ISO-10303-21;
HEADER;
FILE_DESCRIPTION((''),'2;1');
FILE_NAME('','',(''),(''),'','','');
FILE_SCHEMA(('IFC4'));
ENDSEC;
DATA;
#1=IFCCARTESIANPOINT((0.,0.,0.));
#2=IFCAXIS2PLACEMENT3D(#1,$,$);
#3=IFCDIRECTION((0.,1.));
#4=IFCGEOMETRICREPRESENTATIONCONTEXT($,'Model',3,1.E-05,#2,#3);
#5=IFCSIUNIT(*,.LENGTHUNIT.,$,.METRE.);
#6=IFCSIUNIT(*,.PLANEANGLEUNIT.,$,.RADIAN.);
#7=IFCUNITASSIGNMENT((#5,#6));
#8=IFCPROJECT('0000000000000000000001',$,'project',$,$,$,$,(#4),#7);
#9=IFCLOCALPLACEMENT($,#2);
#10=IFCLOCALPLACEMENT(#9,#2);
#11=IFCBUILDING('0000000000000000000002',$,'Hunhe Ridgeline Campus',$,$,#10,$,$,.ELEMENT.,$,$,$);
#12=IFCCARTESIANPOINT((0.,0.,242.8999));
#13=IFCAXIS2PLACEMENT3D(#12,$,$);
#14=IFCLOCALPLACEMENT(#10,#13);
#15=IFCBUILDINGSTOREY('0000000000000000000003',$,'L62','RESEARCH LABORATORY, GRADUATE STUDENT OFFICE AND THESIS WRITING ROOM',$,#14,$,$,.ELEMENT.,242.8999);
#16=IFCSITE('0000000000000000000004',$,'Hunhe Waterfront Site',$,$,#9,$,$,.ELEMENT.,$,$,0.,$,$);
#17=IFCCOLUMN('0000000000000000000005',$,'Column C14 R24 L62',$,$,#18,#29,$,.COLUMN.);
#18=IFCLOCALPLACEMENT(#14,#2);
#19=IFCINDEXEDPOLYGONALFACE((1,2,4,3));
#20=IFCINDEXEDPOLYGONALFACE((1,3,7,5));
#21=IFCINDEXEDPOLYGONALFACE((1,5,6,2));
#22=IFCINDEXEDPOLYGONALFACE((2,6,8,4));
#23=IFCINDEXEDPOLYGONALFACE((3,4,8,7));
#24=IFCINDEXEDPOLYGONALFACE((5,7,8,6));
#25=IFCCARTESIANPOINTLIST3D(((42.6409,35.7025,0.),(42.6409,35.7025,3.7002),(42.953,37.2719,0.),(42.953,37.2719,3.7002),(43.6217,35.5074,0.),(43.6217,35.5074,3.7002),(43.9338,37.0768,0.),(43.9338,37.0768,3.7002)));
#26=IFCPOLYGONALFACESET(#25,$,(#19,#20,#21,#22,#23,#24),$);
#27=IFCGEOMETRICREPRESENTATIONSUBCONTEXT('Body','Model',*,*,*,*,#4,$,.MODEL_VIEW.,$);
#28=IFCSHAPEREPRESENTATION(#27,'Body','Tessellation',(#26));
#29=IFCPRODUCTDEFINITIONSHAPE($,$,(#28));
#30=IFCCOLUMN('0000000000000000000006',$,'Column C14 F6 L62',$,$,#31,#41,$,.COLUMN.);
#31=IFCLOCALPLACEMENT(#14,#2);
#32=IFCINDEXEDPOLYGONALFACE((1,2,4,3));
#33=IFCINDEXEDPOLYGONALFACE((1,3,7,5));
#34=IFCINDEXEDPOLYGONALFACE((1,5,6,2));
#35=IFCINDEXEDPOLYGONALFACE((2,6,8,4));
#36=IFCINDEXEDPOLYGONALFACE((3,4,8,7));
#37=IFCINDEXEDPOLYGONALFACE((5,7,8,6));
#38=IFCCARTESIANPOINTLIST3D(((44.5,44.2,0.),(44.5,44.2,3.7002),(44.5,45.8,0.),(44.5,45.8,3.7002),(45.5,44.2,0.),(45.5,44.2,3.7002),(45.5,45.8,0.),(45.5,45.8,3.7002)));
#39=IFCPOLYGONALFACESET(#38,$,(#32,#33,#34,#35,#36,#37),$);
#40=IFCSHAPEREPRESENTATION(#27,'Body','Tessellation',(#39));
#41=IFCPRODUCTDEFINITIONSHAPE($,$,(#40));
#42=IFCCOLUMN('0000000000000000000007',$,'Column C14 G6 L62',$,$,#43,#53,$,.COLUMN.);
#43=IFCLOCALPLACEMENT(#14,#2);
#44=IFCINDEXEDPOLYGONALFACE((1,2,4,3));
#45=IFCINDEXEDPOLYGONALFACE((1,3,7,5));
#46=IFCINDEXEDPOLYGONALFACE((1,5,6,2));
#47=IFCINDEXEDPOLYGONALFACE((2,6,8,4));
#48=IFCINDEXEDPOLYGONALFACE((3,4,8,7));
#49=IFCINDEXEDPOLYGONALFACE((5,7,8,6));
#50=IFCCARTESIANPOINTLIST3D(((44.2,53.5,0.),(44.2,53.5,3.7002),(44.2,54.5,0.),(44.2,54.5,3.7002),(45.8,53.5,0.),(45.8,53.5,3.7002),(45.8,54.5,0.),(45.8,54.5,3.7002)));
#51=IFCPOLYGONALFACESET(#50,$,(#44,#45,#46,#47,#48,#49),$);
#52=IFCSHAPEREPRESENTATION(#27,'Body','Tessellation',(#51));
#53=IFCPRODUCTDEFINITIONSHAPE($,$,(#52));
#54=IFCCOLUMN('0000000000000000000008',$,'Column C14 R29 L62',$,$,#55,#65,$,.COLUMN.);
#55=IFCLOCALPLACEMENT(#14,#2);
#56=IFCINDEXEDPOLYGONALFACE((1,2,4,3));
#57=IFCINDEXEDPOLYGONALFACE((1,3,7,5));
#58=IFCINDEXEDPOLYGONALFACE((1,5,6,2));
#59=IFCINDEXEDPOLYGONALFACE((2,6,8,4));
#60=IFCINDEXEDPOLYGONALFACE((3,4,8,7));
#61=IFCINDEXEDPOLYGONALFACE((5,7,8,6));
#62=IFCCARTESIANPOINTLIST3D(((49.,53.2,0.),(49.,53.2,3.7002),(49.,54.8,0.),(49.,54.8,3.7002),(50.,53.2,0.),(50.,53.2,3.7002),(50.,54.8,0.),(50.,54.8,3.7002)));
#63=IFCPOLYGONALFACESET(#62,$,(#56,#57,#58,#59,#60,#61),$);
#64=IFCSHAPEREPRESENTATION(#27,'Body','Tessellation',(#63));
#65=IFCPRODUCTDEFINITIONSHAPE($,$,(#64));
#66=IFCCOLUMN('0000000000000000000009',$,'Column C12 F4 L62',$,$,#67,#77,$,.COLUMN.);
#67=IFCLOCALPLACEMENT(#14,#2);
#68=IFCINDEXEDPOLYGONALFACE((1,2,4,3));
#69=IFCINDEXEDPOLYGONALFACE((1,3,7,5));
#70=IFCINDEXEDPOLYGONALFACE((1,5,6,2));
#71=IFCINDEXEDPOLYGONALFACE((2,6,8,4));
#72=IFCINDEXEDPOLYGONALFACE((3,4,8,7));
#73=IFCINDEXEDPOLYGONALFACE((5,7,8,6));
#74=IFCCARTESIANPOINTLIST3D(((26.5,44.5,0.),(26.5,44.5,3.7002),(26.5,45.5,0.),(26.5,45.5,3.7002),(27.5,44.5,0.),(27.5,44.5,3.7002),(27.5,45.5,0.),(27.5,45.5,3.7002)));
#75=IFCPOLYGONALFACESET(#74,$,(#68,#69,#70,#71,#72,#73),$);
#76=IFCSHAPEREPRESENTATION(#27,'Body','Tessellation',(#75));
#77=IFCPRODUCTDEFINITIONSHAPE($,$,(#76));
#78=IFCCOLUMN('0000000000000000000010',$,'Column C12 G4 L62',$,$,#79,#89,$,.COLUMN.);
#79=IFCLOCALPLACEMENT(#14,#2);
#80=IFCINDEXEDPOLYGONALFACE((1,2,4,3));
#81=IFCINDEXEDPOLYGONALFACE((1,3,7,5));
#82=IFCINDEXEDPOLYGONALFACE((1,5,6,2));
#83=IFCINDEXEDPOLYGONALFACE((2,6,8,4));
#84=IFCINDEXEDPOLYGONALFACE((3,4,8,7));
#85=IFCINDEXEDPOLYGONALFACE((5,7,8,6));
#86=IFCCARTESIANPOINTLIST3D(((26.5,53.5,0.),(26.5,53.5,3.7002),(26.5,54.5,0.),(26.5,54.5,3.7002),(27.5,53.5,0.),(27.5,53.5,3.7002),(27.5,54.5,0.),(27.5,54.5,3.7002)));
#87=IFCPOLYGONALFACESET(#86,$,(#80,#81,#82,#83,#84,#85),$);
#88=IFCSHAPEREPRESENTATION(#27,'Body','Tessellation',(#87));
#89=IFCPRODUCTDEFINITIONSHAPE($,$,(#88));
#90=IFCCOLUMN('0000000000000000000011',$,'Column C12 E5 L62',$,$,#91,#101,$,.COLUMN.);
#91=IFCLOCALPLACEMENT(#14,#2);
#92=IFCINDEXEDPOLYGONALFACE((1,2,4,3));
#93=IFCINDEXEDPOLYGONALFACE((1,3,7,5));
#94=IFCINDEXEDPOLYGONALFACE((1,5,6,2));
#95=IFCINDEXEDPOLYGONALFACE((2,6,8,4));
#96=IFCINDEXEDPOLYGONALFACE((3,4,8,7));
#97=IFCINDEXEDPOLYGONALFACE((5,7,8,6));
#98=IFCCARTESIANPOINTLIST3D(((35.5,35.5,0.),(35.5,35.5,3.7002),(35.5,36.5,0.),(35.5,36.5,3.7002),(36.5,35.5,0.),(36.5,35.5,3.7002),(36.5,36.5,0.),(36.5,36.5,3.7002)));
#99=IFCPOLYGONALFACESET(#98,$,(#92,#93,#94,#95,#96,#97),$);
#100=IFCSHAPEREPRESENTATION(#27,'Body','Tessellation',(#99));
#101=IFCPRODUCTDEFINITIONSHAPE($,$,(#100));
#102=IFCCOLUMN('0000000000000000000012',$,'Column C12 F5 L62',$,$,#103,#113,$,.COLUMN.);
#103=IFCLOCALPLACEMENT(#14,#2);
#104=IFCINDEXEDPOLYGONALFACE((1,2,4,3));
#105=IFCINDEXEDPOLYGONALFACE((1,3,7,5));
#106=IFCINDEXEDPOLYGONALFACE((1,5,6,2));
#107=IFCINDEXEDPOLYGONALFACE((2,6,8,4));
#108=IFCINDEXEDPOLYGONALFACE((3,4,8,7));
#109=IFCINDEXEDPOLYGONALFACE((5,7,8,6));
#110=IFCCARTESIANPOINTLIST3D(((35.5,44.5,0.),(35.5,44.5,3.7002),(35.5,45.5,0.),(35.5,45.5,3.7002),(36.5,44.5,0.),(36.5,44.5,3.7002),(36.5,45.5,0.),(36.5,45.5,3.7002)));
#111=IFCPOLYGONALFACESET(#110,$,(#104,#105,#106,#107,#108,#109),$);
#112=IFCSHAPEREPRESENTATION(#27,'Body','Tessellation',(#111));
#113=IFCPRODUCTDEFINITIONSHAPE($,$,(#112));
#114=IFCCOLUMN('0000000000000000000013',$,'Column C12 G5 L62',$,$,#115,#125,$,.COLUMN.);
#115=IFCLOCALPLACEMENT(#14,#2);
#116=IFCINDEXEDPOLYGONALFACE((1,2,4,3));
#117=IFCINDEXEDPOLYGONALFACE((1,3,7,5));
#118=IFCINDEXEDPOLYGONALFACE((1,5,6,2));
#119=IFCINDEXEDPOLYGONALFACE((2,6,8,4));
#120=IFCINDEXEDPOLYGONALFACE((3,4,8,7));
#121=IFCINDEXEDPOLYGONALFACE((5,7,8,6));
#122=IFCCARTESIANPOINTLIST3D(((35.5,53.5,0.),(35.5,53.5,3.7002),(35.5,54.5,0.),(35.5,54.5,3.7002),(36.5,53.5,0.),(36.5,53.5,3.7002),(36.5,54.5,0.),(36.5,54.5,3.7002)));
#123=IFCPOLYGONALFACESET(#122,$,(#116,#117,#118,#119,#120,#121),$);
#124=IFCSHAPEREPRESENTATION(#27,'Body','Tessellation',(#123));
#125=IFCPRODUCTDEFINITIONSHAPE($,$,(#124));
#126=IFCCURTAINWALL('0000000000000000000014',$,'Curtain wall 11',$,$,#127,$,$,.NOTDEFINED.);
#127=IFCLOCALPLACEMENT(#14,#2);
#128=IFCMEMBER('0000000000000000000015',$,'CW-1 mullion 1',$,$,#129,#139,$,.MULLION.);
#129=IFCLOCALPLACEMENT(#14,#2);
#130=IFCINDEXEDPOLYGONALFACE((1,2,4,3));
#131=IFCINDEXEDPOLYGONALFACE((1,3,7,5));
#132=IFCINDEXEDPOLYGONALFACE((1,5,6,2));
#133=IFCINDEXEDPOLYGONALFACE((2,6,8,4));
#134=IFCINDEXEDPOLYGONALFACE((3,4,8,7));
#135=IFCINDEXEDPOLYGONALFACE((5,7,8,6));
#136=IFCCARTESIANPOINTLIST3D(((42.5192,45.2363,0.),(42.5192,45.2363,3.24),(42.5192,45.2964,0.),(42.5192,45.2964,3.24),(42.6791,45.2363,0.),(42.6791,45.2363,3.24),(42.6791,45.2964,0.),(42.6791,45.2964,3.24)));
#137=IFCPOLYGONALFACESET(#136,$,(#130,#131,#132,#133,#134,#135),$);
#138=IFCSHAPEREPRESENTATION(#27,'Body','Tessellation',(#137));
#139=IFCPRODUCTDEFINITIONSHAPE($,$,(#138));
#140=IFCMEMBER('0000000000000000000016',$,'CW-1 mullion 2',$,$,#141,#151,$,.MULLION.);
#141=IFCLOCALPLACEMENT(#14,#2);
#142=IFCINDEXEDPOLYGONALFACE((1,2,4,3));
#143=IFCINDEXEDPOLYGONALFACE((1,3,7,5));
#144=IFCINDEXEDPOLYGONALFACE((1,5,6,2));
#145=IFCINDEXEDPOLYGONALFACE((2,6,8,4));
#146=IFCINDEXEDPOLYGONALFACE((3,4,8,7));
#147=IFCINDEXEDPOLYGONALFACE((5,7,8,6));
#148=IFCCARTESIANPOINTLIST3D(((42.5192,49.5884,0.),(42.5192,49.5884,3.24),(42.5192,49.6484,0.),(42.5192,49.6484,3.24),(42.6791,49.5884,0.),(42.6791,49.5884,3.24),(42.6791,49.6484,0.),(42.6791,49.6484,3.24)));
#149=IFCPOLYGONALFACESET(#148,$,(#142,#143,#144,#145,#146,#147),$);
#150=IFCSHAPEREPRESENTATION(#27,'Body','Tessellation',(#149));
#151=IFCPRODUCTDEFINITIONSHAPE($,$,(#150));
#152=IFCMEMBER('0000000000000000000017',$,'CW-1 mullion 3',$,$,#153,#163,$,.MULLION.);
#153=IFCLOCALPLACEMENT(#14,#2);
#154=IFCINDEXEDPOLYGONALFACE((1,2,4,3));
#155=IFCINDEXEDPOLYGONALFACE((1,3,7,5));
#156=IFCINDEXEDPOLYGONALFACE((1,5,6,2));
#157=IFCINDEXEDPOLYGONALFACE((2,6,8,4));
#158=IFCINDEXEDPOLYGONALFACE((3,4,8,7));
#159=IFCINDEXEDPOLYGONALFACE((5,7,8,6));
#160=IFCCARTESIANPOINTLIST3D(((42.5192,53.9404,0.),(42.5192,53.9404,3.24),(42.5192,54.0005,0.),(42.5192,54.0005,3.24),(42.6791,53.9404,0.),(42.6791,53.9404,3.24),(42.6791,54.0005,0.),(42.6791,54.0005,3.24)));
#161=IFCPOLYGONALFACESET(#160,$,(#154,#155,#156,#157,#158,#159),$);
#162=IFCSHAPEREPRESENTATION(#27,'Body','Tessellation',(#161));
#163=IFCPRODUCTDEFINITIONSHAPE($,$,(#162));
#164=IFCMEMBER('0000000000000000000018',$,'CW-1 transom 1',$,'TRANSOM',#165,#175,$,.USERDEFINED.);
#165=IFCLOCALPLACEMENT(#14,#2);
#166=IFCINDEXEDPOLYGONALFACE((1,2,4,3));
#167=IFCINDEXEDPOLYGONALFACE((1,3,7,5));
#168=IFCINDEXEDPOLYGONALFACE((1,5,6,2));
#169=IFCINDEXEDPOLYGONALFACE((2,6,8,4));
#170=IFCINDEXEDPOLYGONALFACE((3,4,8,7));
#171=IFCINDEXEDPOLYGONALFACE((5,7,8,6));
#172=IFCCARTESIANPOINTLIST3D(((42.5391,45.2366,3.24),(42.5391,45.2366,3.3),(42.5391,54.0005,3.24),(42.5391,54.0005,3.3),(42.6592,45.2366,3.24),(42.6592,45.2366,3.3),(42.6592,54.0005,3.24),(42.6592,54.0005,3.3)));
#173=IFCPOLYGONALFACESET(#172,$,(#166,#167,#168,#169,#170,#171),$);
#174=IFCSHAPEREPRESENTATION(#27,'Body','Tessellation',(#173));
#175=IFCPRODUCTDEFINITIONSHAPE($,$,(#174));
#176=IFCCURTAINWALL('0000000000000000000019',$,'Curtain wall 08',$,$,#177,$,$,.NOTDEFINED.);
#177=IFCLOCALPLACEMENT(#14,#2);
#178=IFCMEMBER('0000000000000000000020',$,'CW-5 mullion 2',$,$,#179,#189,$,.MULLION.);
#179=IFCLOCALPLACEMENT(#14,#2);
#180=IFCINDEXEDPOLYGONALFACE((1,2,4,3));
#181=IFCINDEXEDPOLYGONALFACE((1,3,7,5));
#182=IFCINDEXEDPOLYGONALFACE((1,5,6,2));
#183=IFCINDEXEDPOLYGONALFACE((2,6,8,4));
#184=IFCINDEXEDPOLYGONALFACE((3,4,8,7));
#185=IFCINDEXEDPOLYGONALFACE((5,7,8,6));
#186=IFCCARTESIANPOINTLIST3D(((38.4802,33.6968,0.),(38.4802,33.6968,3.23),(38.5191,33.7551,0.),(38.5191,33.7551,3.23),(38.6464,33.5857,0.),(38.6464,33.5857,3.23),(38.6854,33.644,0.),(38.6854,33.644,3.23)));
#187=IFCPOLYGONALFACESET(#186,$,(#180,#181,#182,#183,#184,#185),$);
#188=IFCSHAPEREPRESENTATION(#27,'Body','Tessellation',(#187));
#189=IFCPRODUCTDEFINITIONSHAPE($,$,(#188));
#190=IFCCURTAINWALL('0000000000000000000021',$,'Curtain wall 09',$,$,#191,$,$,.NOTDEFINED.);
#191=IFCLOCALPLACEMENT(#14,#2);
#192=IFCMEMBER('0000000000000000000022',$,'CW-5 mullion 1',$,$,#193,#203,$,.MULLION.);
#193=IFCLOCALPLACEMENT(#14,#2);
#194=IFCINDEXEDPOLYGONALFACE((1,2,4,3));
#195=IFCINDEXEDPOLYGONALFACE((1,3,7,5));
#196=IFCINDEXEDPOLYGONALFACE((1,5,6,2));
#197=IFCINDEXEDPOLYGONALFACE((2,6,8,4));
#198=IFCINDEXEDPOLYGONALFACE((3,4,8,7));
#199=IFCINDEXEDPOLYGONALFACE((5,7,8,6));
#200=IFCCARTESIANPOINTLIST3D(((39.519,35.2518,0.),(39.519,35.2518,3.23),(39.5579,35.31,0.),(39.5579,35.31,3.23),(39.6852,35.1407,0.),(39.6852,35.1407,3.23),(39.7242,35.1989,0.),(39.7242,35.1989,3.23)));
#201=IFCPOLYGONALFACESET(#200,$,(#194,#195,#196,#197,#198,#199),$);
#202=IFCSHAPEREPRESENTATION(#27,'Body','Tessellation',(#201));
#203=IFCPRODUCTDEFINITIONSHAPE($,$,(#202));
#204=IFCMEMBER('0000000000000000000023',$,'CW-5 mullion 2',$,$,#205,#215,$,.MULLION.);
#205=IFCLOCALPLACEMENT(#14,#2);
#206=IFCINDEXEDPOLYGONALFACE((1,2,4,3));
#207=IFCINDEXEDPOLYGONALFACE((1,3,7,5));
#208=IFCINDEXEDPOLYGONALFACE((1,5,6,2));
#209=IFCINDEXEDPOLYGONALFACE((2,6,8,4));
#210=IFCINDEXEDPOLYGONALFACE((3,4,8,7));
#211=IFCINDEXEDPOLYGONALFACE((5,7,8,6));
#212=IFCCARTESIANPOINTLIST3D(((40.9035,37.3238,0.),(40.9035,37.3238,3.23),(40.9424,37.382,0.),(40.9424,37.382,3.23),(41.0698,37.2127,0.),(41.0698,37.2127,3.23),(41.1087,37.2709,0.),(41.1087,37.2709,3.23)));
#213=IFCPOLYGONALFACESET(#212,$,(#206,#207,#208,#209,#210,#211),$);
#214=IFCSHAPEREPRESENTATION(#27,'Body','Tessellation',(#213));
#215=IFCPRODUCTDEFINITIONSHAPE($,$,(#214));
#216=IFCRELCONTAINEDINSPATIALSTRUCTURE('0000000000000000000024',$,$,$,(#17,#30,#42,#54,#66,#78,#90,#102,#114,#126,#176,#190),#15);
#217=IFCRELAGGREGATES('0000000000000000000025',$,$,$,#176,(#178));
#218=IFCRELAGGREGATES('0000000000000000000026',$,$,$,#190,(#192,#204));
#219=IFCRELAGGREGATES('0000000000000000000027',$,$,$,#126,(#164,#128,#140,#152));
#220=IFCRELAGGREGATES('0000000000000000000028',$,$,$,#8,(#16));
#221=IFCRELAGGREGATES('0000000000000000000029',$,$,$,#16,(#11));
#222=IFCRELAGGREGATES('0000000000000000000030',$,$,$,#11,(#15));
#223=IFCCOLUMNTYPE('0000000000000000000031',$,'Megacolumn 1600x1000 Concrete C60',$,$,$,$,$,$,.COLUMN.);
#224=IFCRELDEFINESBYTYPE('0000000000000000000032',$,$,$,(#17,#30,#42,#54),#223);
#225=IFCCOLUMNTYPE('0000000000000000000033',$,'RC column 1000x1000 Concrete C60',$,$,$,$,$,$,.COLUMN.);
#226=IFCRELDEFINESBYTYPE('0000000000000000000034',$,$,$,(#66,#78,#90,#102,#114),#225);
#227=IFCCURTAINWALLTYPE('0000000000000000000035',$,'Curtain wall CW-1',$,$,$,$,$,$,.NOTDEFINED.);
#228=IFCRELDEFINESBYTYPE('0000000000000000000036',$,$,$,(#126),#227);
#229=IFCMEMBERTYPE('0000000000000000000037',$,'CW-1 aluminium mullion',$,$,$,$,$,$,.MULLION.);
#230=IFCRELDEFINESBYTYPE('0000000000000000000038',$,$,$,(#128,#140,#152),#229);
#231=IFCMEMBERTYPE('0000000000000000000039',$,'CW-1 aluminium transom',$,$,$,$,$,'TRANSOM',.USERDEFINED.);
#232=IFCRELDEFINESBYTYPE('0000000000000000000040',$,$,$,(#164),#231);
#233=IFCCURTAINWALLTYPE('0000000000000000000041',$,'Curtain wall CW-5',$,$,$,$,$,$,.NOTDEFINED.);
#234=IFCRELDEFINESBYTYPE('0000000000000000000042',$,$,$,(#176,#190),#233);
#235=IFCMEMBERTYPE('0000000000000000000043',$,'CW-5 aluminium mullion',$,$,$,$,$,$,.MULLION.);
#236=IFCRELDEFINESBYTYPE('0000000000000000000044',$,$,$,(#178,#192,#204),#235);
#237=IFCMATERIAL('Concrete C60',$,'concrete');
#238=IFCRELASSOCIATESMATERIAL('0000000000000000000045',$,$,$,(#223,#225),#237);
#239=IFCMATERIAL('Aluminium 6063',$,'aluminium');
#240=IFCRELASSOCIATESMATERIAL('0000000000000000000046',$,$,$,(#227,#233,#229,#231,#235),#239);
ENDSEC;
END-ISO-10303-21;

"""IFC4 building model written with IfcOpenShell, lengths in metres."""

from ifc_helpers import new_model, si_unit, direction, frame, origin, origin_2d, place, context, subcontext, project, spatial, rectangle, extrude, material, material_profile, profile_set, type_object, element, aggregate, save


model = new_model("IFC4")

# Units and contexts
model_context = context("Model", 3, precision=1e-05, world=origin(), true_north=direction((0.0, 1.0)))
body_context = subcontext(model_context, "Body", "Model", "MODEL_VIEW")
ifc_project = project(units=[si_unit("LENGTHUNIT", "METRE"), si_unit("PLANEANGLEUNIT", "RADIAN")], contexts=[model_context])

# Site, building, storey
site_placement = place(None, origin())
site = spatial("IfcSite", under=ifc_project, at=site_placement, Name="Hunhe Waterfront Site", CompositionType="ELEMENT", RefElevation=0.0)
building_placement = place(site_placement, origin())
building = spatial("IfcBuilding", under=site, at=building_placement, Name="Hunhe Ridgeline Campus", CompositionType="ELEMENT")
storey_placement = place(building_placement, frame((0.0, 0.0, 242.8999)))
storey = spatial("IfcBuildingStorey", under=building, at=storey_placement, Name="L62", Description="RESEARCH LABORATORY, GRADUATE STUDENT OFFICE AND THESIS WRITING ROOM", CompositionType="ELEMENT", Elevation=242.8999)

# Columns
ifc_material_1 = material(Name="Concrete C60", Category="concrete")
ifc_material_profile_1 = material_profile(ifc_material_1, rectangle(XDim=1.6001, YDim=1.0, at=origin_2d()))
ifc_profile_set_1 = profile_set([ifc_material_profile_1], Name="Concrete C60")
column_type_1 = type_object("IfcColumnType", Name="Megacolumn 1600x1000 Concrete C60", PredefinedType="COLUMN", material=ifc_profile_set_1)
for number, where, z_axis, x_axis, name in (
    (1, (43.2874, 36.3896, 0.0), (0.0, 0.0, 1.0), (0.19509, 0.980785, 0.0), "Column C14 R24 L62"),
    (2, (45.0, 45.0, 0.0), (0.0, 0.0, 1.0), (0.0, 1.0, 0.0), "Column C14 F6 L62"),
    (3, (45.0, 54.0, 0.0), (0.0, 0.0, 1.0), (1.0, 0.0, 0.0), "Column C14 G6 L62"),
    (4, (49.5, 54.0, 0.0), (0.0, 0.0, 1.0), (0.0, 1.0, 0.0), "Column C14 R29 L62"),
):
    element("IfcColumn", number, at=place(storey_placement, frame(where, z_axis=z_axis, x_axis=x_axis)), inside=storey, type_object=column_type_1, Name=name, PredefinedType="COLUMN", context=body_context, shape_type="SweptSolid", body=[
        extrude(rectangle(XDim=1.6001, YDim=1.0, at=origin_2d()), origin(), (0.0, 0.0, 1.0), 3.7002),
    ])
ifc_material_profile_2 = material_profile(ifc_material_1, rectangle(XDim=1.0, YDim=1.0, at=origin_2d()))
ifc_profile_set_2 = profile_set([ifc_material_profile_2], Name="Concrete C60")
column_type_2 = type_object("IfcColumnType", Name="RC column 1000x1000 Concrete C60", PredefinedType="COLUMN", material=ifc_profile_set_2)
for number, where, z_axis, x_axis, name in (
    (5, (27.0, 45.0, 0.0), (0.0, 0.0, 1.0), (1.0, 0.0, 0.0), "Column C12 F4 L62"),
    (6, (27.0, 54.0, 0.0), (0.0, 0.0, 1.0), (1.0, 0.0, 0.0), "Column C12 G4 L62"),
    (7, (36.0, 36.0, 0.0), (0.0, 0.0, 1.0), (1.0, 0.0, 0.0), "Column C12 E5 L62"),
    (8, (36.0, 45.0, 0.0), (0.0, 0.0, 1.0), (1.0, 0.0, 0.0), "Column C12 F5 L62"),
    (9, (36.0, 54.0, 0.0), (0.0, 0.0, 1.0), (1.0, 0.0, 0.0), "Column C12 G5 L62"),
):
    element("IfcColumn", number, at=place(storey_placement, frame(where, z_axis=z_axis, x_axis=x_axis)), inside=storey, type_object=column_type_2, Name=name, PredefinedType="COLUMN", context=body_context, shape_type="SweptSolid", body=[
        extrude(rectangle(XDim=1.0, YDim=1.0, at=origin_2d()), origin(), (0.0, 0.0, 1.0), 3.7002),
    ])

# Curtain wall, members
ifc_material_2 = material(Name="Aluminium 6063", Category="aluminium")
curtain_wall_type_1 = type_object("IfcCurtainWallType", Name="Curtain wall CW-1", PredefinedType="NOTDEFINED", material=ifc_material_2)
curtain_wall_1_placement = place(storey_placement, origin())
curtain_wall_1 = element("IfcCurtainWall", 10, at=curtain_wall_1_placement, inside=storey, type_object=curtain_wall_type_1, Name="Curtain wall 11", PredefinedType="NOTDEFINED")
ifc_material_profile_3 = material_profile(ifc_material_2, rectangle(XDim=0.1599, YDim=0.0601, at=origin_2d()))
ifc_profile_set_3 = profile_set([ifc_material_profile_3], Name="Aluminium 6063")
member_type_1 = type_object("IfcMemberType", Name="CW-1 aluminium mullion", PredefinedType="MULLION", material=ifc_profile_set_3)
member_1_placement = place(storey_placement, frame((42.5991, 45.2664, 0.0), z_axis=(0.0, 0.0, 1.0), x_axis=(-1.0, 0.000019, 0.0)))
member_1 = element("IfcMember", 11, at=member_1_placement, type_object=member_type_1, Name="CW-1 mullion 1", PredefinedType="MULLION", context=body_context, shape_type="SweptSolid", body=[
    extrude(rectangle(XDim=0.1599, YDim=0.0601, at=origin_2d()), origin(), (0.0, 0.0, 1.0), 3.24),
])
member_2_placement = place(storey_placement, frame((42.5991, 49.6184, 0.0), z_axis=(0.0, 0.0, 1.0), x_axis=(-1.0, 0.000019, 0.0)))
member_2 = element("IfcMember", 12, at=member_2_placement, type_object=member_type_1, Name="CW-1 mullion 2", PredefinedType="MULLION", context=body_context, shape_type="SweptSolid", body=[
    extrude(rectangle(XDim=0.1599, YDim=0.0601, at=origin_2d()), origin(), (0.0, 0.0, 1.0), 3.24),
])
member_3_placement = place(storey_placement, frame((42.5991, 53.9705, 0.0), z_axis=(0.0, 0.0, 1.0), x_axis=(-1.0, 0.000019, 0.0)))
member_3 = element("IfcMember", 13, at=member_3_placement, type_object=member_type_1, Name="CW-1 mullion 3", PredefinedType="MULLION", context=body_context, shape_type="SweptSolid", body=[
    extrude(rectangle(XDim=0.1599, YDim=0.0601, at=origin_2d()), origin(), (0.0, 0.0, 1.0), 3.24),
])
ifc_material_profile_4 = material_profile(ifc_material_2, rectangle(XDim=0.1201, YDim=0.0601, at=origin_2d()))
ifc_profile_set_4 = profile_set([ifc_material_profile_4], Name="Aluminium 6063")
member_type_2 = type_object("IfcMemberType", Name="CW-1 aluminium transom", ElementType="TRANSOM", PredefinedType="USERDEFINED", material=ifc_profile_set_4)
member_4_placement = place(storey_placement, frame((42.5991, 45.2366, 3.27), z_axis=(0.0, 1.0, 0.0), x_axis=(-1.0, 0.0, 0.0)))
member_4 = element("IfcMember", 14, at=member_4_placement, type_object=member_type_2, Name="CW-1 transom 1", ObjectType="TRANSOM", PredefinedType="USERDEFINED", context=body_context, shape_type="SweptSolid", body=[
    extrude(rectangle(XDim=0.1201, YDim=0.0601, at=origin_2d()), origin(), (0.0, 0.0, 1.0), 8.7639),
])

# Curtain wall, member
curtain_wall_type_2 = type_object("IfcCurtainWallType", Name="Curtain wall CW-5", PredefinedType="NOTDEFINED", material=ifc_material_2)
curtain_wall_2_placement = place(storey_placement, origin())
curtain_wall_2 = element("IfcCurtainWall", 15, at=curtain_wall_2_placement, inside=storey, type_object=curtain_wall_type_2, Name="Curtain wall 08", PredefinedType="NOTDEFINED")
ifc_material_profile_5 = material_profile(ifc_material_2, rectangle(XDim=0.2, YDim=0.0701, at=origin_2d()))
ifc_profile_set_5 = profile_set([ifc_material_profile_5], Name="Aluminium 6063")
member_type_3 = type_object("IfcMemberType", Name="CW-5 aluminium mullion", PredefinedType="MULLION", material=ifc_profile_set_5)
member_5_placement = place(storey_placement, frame((38.5828, 33.6704, 0.0), z_axis=(0.0, 0.0, 1.0), x_axis=(-0.83147, 0.55557, 0.0)))
member_5 = element("IfcMember", 16, at=member_5_placement, type_object=member_type_3, Name="CW-5 mullion 2", PredefinedType="MULLION", context=body_context, shape_type="SweptSolid", body=[
    extrude(rectangle(XDim=0.2, YDim=0.0701, at=origin_2d()), origin(), (0.0, 0.0, 1.0), 3.23),
])
aggregate(curtain_wall_2, [member_5])

# Curtain wall, members
curtain_wall_3_placement = place(storey_placement, origin())
curtain_wall_3 = element("IfcCurtainWall", 17, at=curtain_wall_3_placement, inside=storey, type_object=curtain_wall_type_2, Name="Curtain wall 09", PredefinedType="NOTDEFINED")
member_6_placement = place(storey_placement, frame((39.6216, 35.2253, 0.0), z_axis=(0.0, 0.0, 1.0), x_axis=(-0.83147, 0.55557, 0.0)))
member_6 = element("IfcMember", 18, at=member_6_placement, type_object=member_type_3, Name="CW-5 mullion 1", PredefinedType="MULLION", context=body_context, shape_type="SweptSolid", body=[
    extrude(rectangle(XDim=0.2, YDim=0.0701, at=origin_2d()), origin(), (0.0, 0.0, 1.0), 3.23),
])
member_7_placement = place(storey_placement, frame((41.0061, 37.2974, 0.0), z_axis=(0.0, 0.0, 1.0), x_axis=(-0.83147, 0.55557, 0.0)))
member_7 = element("IfcMember", 19, at=member_7_placement, type_object=member_type_3, Name="CW-5 mullion 2", PredefinedType="MULLION", context=body_context, shape_type="SweptSolid", body=[
    extrude(rectangle(XDim=0.2, YDim=0.0701, at=origin_2d()), origin(), (0.0, 0.0, 1.0), 3.23),
])

aggregate(curtain_wall_3, [member_6, member_7])
aggregate(curtain_wall_1, [member_4, member_1, member_2, member_3])

save(model, "model.ifc")
